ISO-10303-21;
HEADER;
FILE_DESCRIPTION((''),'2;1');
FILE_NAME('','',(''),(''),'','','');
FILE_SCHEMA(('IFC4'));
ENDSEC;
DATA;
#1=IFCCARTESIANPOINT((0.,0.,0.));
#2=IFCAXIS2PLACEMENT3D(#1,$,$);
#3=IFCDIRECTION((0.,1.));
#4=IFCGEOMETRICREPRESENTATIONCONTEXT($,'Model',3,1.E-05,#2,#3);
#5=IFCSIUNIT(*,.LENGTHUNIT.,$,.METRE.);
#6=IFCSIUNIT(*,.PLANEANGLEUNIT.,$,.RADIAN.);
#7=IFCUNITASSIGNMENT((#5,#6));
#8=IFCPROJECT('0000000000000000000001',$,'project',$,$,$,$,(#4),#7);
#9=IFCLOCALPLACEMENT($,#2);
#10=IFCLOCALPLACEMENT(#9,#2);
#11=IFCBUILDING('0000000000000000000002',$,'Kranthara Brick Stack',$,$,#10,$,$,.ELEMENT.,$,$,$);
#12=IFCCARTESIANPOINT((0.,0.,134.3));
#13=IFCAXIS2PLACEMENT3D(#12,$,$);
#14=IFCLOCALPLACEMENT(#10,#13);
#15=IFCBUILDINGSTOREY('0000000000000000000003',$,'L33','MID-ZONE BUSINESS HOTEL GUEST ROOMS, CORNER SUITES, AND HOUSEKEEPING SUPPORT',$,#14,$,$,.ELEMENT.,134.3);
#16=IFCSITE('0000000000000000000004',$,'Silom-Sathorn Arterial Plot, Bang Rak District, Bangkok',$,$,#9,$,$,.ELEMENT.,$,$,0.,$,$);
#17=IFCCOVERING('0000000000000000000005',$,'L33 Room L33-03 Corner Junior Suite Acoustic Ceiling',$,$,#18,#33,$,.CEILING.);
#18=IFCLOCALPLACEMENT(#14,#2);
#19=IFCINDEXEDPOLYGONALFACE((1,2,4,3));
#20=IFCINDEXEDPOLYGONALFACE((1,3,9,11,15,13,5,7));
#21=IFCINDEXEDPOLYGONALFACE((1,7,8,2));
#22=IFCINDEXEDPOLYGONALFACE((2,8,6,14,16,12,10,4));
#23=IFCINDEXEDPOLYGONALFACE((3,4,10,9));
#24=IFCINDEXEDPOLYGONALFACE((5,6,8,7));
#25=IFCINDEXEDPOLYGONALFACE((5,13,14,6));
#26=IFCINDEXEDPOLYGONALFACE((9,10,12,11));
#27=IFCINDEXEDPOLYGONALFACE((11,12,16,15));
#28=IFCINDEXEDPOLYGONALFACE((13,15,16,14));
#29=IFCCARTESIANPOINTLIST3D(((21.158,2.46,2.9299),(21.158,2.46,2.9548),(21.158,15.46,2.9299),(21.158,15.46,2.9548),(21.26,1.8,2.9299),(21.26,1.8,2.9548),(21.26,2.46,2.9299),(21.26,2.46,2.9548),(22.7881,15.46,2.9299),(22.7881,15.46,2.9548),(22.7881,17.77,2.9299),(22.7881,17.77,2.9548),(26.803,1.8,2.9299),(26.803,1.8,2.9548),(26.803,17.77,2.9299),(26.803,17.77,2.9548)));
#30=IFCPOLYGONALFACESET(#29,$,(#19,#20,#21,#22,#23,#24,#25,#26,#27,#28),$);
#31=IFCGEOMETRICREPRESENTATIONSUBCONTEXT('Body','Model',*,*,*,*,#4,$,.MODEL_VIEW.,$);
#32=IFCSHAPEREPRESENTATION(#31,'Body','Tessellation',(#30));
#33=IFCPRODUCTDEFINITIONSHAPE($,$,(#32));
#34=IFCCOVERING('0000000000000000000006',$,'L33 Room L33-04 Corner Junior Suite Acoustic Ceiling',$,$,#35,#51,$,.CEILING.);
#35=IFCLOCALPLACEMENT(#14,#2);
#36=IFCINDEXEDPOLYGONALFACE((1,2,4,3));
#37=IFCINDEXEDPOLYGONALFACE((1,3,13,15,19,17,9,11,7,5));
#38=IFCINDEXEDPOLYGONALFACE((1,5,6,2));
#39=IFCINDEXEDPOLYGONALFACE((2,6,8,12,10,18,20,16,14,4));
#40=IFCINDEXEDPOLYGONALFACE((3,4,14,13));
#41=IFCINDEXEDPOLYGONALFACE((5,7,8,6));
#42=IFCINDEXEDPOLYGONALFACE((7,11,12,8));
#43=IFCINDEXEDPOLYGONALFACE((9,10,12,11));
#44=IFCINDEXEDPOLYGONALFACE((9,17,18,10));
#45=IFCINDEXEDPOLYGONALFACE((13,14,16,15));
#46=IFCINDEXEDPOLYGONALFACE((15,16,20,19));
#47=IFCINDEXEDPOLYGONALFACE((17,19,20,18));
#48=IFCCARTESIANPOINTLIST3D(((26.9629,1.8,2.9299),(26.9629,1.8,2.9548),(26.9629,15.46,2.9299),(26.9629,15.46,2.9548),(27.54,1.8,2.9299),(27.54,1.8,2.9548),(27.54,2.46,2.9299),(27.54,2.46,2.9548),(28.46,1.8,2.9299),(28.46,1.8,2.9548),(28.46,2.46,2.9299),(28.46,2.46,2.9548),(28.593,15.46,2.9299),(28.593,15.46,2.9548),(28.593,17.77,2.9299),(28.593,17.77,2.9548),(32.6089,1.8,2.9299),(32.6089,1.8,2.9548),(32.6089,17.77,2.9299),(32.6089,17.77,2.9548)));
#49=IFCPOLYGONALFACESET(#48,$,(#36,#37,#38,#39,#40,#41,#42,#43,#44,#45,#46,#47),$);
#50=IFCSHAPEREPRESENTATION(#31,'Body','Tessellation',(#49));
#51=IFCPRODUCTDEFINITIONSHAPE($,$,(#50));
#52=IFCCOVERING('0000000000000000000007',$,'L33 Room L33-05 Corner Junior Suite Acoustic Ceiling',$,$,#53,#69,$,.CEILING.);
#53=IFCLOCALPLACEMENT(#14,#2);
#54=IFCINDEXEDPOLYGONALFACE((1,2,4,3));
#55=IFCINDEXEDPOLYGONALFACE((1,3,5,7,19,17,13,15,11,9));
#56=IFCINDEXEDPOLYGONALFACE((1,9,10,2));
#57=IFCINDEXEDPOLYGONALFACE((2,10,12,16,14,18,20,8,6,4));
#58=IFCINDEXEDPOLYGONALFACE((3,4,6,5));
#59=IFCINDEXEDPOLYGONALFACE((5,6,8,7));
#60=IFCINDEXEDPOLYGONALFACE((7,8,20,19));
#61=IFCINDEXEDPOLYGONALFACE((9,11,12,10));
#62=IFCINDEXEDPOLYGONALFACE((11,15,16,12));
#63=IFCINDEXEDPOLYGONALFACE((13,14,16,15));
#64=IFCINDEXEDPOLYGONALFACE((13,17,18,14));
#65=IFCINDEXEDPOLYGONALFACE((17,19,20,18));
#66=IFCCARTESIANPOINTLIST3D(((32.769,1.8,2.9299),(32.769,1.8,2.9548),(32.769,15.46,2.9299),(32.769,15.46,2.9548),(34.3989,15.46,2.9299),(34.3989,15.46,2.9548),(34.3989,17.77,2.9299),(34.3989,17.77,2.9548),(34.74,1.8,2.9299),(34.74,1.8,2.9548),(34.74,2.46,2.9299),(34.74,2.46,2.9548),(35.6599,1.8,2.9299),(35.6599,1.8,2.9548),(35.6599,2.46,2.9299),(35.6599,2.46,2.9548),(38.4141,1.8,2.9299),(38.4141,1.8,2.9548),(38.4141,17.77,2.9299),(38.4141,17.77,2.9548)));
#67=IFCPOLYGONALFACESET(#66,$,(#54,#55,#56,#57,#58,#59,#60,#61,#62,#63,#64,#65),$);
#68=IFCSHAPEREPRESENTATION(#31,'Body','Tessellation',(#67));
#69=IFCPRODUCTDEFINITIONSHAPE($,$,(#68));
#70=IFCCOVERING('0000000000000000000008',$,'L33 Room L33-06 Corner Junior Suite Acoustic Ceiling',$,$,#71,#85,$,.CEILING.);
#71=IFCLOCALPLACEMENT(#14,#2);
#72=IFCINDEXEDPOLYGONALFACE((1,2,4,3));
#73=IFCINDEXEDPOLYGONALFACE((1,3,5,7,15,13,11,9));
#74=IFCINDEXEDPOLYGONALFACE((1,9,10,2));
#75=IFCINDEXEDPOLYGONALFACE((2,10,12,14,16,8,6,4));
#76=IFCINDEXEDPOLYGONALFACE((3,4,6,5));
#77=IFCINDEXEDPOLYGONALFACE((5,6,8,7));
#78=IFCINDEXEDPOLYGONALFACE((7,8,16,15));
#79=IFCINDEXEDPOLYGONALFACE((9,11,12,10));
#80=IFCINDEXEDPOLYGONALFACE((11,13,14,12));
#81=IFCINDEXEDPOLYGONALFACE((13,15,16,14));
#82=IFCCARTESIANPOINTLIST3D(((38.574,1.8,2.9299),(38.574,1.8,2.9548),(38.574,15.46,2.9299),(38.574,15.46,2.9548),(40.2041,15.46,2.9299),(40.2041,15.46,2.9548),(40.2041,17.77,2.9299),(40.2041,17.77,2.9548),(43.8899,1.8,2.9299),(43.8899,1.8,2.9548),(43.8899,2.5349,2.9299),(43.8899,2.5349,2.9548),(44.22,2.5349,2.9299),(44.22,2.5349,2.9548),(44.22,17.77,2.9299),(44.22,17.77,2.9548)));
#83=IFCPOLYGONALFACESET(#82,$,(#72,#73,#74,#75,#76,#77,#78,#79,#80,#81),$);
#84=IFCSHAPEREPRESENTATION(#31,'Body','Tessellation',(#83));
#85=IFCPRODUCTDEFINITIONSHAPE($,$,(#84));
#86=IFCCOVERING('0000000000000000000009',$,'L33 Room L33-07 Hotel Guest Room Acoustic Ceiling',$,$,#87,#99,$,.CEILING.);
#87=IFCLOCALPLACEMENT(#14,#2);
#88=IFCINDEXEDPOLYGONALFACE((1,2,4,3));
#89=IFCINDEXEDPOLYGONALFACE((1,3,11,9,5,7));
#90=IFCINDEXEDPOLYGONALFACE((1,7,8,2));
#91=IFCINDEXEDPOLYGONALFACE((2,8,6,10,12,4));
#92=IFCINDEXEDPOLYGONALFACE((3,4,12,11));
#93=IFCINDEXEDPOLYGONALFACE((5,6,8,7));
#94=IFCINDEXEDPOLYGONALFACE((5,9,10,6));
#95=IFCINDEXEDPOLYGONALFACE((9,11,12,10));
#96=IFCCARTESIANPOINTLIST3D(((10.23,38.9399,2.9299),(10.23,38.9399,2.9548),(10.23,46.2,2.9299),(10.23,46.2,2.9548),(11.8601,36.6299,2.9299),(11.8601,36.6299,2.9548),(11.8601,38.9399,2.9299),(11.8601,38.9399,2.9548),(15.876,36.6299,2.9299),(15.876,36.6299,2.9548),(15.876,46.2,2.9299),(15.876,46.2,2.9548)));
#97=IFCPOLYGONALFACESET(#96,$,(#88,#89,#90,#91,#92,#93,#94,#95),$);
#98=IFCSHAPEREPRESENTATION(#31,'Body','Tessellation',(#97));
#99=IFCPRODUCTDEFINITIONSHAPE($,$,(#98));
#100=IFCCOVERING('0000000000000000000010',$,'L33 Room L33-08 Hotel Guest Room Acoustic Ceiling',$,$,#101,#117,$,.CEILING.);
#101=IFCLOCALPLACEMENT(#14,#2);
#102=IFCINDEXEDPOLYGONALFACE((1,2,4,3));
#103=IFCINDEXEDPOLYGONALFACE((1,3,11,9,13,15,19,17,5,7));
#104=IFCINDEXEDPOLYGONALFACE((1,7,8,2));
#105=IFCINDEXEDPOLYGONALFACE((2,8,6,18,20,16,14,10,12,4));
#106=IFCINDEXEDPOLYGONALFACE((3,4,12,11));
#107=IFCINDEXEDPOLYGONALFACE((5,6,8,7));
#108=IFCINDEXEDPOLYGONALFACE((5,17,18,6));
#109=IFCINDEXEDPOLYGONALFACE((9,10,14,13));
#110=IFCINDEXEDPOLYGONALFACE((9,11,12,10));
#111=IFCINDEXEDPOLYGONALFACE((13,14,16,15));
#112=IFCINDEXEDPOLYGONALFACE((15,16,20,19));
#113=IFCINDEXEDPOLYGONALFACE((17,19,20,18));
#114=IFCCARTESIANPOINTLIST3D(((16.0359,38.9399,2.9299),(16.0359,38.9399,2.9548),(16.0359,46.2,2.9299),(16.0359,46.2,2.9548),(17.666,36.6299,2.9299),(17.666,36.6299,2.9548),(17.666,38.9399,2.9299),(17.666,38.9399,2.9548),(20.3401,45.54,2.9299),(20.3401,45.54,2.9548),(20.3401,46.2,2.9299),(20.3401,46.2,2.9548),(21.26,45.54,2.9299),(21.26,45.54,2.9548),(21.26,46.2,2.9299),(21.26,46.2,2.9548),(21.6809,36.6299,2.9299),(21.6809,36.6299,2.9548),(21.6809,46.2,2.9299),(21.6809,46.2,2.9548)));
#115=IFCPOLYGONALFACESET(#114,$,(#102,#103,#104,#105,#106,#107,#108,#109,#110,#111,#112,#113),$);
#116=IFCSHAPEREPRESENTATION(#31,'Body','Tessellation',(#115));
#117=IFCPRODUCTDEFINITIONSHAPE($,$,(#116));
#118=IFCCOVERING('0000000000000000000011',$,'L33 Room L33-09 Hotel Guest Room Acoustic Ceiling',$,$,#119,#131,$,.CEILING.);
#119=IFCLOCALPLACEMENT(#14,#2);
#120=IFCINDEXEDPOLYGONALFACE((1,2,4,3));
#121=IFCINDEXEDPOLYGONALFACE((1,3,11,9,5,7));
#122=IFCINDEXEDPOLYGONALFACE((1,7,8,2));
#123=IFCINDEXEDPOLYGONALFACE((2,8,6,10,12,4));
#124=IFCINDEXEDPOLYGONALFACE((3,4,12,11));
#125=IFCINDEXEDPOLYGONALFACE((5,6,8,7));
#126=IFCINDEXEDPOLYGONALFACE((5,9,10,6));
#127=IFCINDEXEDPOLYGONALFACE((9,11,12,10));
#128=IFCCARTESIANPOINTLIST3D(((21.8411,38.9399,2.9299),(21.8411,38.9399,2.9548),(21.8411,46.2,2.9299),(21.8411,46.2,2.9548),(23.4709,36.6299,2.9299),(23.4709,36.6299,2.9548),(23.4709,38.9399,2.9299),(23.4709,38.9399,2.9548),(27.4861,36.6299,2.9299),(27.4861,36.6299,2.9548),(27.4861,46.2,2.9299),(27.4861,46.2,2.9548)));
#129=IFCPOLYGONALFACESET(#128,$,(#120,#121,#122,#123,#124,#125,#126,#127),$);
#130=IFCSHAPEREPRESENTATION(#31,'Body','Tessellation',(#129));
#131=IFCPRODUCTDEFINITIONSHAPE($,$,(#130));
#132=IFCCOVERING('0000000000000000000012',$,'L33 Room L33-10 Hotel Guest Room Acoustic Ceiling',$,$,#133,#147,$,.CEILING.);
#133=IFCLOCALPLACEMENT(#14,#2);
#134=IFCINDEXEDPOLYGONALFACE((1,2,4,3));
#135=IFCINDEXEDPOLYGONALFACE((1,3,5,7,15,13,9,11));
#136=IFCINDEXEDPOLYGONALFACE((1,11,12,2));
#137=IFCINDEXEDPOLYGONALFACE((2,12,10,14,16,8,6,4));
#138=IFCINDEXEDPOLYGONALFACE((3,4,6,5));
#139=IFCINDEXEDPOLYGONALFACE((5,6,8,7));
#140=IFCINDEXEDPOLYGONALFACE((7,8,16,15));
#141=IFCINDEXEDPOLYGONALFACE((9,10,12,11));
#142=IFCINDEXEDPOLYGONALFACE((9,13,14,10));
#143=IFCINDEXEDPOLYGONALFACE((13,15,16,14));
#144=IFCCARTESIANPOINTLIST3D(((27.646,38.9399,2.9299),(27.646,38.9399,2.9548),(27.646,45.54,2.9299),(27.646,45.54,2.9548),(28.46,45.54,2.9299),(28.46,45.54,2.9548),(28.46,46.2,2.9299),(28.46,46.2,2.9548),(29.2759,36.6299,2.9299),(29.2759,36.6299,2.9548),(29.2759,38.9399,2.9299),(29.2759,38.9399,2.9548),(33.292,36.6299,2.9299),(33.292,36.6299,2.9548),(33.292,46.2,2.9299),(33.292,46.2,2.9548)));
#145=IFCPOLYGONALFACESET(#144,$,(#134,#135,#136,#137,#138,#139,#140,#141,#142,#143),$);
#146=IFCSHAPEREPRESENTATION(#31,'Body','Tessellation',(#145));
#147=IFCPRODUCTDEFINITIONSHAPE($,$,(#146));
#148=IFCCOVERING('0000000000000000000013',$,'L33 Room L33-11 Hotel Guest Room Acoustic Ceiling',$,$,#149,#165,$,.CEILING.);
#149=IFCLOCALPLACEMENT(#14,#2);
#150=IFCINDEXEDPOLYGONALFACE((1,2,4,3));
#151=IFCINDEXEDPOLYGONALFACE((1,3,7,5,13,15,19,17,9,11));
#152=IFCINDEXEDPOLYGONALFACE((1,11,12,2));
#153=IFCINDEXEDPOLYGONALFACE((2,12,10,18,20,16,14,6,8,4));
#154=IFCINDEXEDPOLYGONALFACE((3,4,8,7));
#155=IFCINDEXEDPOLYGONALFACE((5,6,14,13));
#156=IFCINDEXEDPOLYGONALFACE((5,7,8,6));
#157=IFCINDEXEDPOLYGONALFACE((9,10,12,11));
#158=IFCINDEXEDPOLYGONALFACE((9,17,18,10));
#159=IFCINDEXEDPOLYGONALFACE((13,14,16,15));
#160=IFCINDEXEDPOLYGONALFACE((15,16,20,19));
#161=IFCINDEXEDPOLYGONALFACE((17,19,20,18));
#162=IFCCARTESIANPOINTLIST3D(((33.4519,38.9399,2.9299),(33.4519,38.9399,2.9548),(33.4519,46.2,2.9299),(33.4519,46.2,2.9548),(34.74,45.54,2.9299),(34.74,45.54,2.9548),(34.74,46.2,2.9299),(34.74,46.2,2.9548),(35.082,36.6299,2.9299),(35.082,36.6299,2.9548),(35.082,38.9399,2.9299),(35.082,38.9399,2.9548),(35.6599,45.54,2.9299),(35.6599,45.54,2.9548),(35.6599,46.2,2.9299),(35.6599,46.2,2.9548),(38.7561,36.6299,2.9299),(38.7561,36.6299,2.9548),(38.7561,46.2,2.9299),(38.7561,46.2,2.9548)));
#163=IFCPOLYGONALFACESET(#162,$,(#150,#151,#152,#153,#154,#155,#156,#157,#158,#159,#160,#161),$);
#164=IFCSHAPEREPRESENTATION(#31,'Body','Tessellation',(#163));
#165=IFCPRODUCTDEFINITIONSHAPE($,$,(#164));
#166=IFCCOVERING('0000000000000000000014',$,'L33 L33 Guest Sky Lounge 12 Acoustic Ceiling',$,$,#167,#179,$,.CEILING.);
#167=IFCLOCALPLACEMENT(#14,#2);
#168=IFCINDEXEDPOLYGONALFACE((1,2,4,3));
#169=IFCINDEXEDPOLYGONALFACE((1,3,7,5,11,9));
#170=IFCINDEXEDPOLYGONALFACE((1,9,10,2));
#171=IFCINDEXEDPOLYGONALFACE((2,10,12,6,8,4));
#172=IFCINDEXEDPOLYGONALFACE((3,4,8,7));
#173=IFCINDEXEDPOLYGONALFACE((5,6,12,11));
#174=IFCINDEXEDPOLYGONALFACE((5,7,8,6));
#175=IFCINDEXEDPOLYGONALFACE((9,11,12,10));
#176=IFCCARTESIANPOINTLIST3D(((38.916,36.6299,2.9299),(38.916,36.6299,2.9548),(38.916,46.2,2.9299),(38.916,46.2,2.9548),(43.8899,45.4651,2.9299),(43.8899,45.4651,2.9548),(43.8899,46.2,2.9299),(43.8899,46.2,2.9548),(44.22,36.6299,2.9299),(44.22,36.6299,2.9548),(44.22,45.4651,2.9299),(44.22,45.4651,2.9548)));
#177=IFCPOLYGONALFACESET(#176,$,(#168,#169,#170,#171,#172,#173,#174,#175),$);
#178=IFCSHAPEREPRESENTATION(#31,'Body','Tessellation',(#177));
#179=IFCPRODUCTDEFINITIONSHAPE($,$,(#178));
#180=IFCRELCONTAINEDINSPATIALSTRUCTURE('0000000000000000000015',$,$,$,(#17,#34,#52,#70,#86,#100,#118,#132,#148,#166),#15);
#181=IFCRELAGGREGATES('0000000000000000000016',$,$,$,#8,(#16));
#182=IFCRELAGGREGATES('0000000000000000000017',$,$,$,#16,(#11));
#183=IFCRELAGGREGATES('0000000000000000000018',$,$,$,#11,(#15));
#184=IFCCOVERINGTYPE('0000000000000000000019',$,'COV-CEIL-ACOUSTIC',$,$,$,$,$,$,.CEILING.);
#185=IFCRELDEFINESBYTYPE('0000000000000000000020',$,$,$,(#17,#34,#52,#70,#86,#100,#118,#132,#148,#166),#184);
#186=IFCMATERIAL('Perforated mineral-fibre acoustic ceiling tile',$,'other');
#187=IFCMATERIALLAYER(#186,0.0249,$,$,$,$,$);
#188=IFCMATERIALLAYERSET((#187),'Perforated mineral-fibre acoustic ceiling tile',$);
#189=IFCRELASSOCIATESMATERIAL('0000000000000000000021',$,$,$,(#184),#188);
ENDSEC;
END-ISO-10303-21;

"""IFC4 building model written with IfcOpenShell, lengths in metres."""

from ifc_helpers import new_model, si_unit, direction, frame, origin, place, context, subcontext, project, spatial, polyline, outline, extrude, material, layer, layer_set, type_object, element, save


model = new_model("IFC4")

# Units and contexts
model_context = context("Model", 3, precision=1e-05, world=origin(), true_north=direction((0.0, 1.0)))
body_context = subcontext(model_context, "Body", "Model", "MODEL_VIEW")
ifc_project = project(units=[si_unit("LENGTHUNIT", "METRE"), si_unit("PLANEANGLEUNIT", "RADIAN")], contexts=[model_context])

# Site, building, storey
site_placement = place(None, origin())
site = spatial("IfcSite", under=ifc_project, at=site_placement, Name="Silom-Sathorn Arterial Plot, Bang Rak District, Bangkok", CompositionType="ELEMENT", RefElevation=0.0)
building_placement = place(site_placement, origin())
building = spatial("IfcBuilding", under=site, at=building_placement, Name="Kranthara Brick Stack", CompositionType="ELEMENT")
storey_placement = place(building_placement, frame((0.0, 0.0, 134.3)))
storey = spatial("IfcBuildingStorey", under=building, at=storey_placement, Name="L33", Description="MID-ZONE BUSINESS HOTEL GUEST ROOMS, CORNER SUITES, AND HOUSEKEEPING SUPPORT", CompositionType="ELEMENT", Elevation=134.3)

# Coverings
ifc_material_1 = material(Name="Perforated mineral-fibre acoustic ceiling tile", Category="other")
ifc_layer_1 = layer(ifc_material_1, 0.0249)
ifc_layer_set_1 = layer_set([ifc_layer_1], Name="Perforated mineral-fibre acoustic ceiling tile")
covering_type_1 = type_object("IfcCoveringType", Name="COV-CEIL-ACOUSTIC", PredefinedType="CEILING", material=ifc_layer_set_1)
covering_1_placement = place(storey_placement, frame((0.0, 0.0, 2.9299)))
element("IfcCovering", 1, at=covering_1_placement, inside=storey, type_object=covering_type_1, Name="L33 Room L33-03 Corner Junior Suite Acoustic Ceiling", PredefinedType="CEILING", context=body_context, shape_type="SweptSolid", body=[
    extrude(outline(polyline([(21.158, 15.46), (22.7881, 15.46), (22.7881, 17.77), (26.803, 17.77), (26.803, 1.8), (21.26, 1.8), (21.26, 2.46), (21.158, 2.46), (21.158, 15.46)])), origin(), (0.0, 0.0, 1.0), 0.0249),
])
covering_2_placement = place(storey_placement, frame((0.0, 0.0, 2.9299)))
element("IfcCovering", 2, at=covering_2_placement, inside=storey, type_object=covering_type_1, Name="L33 Room L33-04 Corner Junior Suite Acoustic Ceiling", PredefinedType="CEILING", context=body_context, shape_type="SweptSolid", body=[
    extrude(outline(polyline([(26.9629, 1.8), (26.9629, 15.46), (28.593, 15.46), (28.593, 17.77), (32.6089, 17.77), (32.6089, 1.8), (28.46, 1.8), (28.46, 2.46), (27.54, 2.46), (27.54, 1.8), (26.9629, 1.8)])), origin(), (0.0, 0.0, 1.0), 0.0249),
])
covering_3_placement = place(storey_placement, frame((0.0, 0.0, 2.9299)))
element("IfcCovering", 3, at=covering_3_placement, inside=storey, type_object=covering_type_1, Name="L33 Room L33-05 Corner Junior Suite Acoustic Ceiling", PredefinedType="CEILING", context=body_context, shape_type="SweptSolid", body=[
    extrude(outline(polyline([(32.769, 1.8), (32.769, 15.46), (34.3989, 15.46), (34.3989, 17.77), (38.4141, 17.77), (38.4141, 1.8), (35.6599, 1.8), (35.6599, 2.46), (34.74, 2.46), (34.74, 1.8), (32.769, 1.8)])), origin(), (0.0, 0.0, 1.0), 0.0249),
])
covering_4_placement = place(storey_placement, frame((0.0, 0.0, 2.9299)))
element("IfcCovering", 4, at=covering_4_placement, inside=storey, type_object=covering_type_1, Name="L33 Room L33-06 Corner Junior Suite Acoustic Ceiling", PredefinedType="CEILING", context=body_context, shape_type="SweptSolid", body=[
    extrude(outline(polyline([(38.574, 1.8), (38.574, 15.46), (40.2041, 15.46), (40.2041, 17.77), (44.22, 17.77), (44.22, 2.5349), (43.8899, 2.5349), (43.8899, 1.8), (38.574, 1.8)])), origin(), (0.0, 0.0, 1.0), 0.0249),
])
covering_5_placement = place(storey_placement, frame((0.0, 0.0, 2.9299)))
element("IfcCovering", 5, at=covering_5_placement, inside=storey, type_object=covering_type_1, Name="L33 Room L33-07 Hotel Guest Room Acoustic Ceiling", PredefinedType="CEILING", context=body_context, shape_type="SweptSolid", body=[
    extrude(outline(polyline([(11.8601, 36.6299), (15.876, 36.6299), (15.876, 46.2), (10.23, 46.2), (10.23, 38.9399), (11.8601, 38.9399), (11.8601, 36.6299)])), origin(), (0.0, 0.0, 1.0), 0.0249),
])
covering_6_placement = place(storey_placement, frame((0.0, 0.0, 2.9299)))
element("IfcCovering", 6, at=covering_6_placement, inside=storey, type_object=covering_type_1, Name="L33 Room L33-08 Hotel Guest Room Acoustic Ceiling", PredefinedType="CEILING", context=body_context, shape_type="SweptSolid", body=[
    extrude(outline(polyline([(21.6809, 46.2), (21.6809, 36.6299), (17.666, 36.6299), (17.666, 38.9399), (16.0359, 38.9399), (16.0359, 46.2), (20.3401, 46.2), (20.3401, 45.54), (21.26, 45.54), (21.26, 46.2), (21.6809, 46.2)])), origin(), (0.0, 0.0, 1.0), 0.0249),
])
covering_7_placement = place(storey_placement, frame((0.0, 0.0, 2.9299)))
element("IfcCovering", 7, at=covering_7_placement, inside=storey, type_object=covering_type_1, Name="L33 Room L33-09 Hotel Guest Room Acoustic Ceiling", PredefinedType="CEILING", context=body_context, shape_type="SweptSolid", body=[
    extrude(outline(polyline([(23.4709, 36.6299), (27.4861, 36.6299), (27.4861, 46.2), (21.8411, 46.2), (21.8411, 38.9399), (23.4709, 38.9399), (23.4709, 36.6299)])), origin(), (0.0, 0.0, 1.0), 0.0249),
])
covering_8_placement = place(storey_placement, frame((0.0, 0.0, 2.9299)))
element("IfcCovering", 8, at=covering_8_placement, inside=storey, type_object=covering_type_1, Name="L33 Room L33-10 Hotel Guest Room Acoustic Ceiling", PredefinedType="CEILING", context=body_context, shape_type="SweptSolid", body=[
    extrude(outline(polyline([(33.292, 46.2), (33.292, 36.6299), (29.2759, 36.6299), (29.2759, 38.9399), (27.646, 38.9399), (27.646, 45.54), (28.46, 45.54), (28.46, 46.2), (33.292, 46.2)])), origin(), (0.0, 0.0, 1.0), 0.0249),
])
covering_9_placement = place(storey_placement, frame((0.0, 0.0, 2.9299)))
element("IfcCovering", 9, at=covering_9_placement, inside=storey, type_object=covering_type_1, Name="L33 Room L33-11 Hotel Guest Room Acoustic Ceiling", PredefinedType="CEILING", context=body_context, shape_type="SweptSolid", body=[
    extrude(outline(polyline([(38.7561, 46.2), (38.7561, 36.6299), (35.082, 36.6299), (35.082, 38.9399), (33.4519, 38.9399), (33.4519, 46.2), (34.74, 46.2), (34.74, 45.54), (35.6599, 45.54), (35.6599, 46.2), (38.7561, 46.2)])), origin(), (0.0, 0.0, 1.0), 0.0249),
])
covering_10_placement = place(storey_placement, frame((0.0, 0.0, 2.9299)))
element("IfcCovering", 10, at=covering_10_placement, inside=storey, type_object=covering_type_1, Name="L33 L33 Guest Sky Lounge 12 Acoustic Ceiling", PredefinedType="CEILING", context=body_context, shape_type="SweptSolid", body=[
    extrude(outline(polyline([(44.22, 36.6299), (38.916, 36.6299), (38.916, 46.2), (43.8899, 46.2), (43.8899, 45.4651), (44.22, 45.4651), (44.22, 36.6299)])), origin(), (0.0, 0.0, 1.0), 0.0249),
])

save(model, "model.ifc")
